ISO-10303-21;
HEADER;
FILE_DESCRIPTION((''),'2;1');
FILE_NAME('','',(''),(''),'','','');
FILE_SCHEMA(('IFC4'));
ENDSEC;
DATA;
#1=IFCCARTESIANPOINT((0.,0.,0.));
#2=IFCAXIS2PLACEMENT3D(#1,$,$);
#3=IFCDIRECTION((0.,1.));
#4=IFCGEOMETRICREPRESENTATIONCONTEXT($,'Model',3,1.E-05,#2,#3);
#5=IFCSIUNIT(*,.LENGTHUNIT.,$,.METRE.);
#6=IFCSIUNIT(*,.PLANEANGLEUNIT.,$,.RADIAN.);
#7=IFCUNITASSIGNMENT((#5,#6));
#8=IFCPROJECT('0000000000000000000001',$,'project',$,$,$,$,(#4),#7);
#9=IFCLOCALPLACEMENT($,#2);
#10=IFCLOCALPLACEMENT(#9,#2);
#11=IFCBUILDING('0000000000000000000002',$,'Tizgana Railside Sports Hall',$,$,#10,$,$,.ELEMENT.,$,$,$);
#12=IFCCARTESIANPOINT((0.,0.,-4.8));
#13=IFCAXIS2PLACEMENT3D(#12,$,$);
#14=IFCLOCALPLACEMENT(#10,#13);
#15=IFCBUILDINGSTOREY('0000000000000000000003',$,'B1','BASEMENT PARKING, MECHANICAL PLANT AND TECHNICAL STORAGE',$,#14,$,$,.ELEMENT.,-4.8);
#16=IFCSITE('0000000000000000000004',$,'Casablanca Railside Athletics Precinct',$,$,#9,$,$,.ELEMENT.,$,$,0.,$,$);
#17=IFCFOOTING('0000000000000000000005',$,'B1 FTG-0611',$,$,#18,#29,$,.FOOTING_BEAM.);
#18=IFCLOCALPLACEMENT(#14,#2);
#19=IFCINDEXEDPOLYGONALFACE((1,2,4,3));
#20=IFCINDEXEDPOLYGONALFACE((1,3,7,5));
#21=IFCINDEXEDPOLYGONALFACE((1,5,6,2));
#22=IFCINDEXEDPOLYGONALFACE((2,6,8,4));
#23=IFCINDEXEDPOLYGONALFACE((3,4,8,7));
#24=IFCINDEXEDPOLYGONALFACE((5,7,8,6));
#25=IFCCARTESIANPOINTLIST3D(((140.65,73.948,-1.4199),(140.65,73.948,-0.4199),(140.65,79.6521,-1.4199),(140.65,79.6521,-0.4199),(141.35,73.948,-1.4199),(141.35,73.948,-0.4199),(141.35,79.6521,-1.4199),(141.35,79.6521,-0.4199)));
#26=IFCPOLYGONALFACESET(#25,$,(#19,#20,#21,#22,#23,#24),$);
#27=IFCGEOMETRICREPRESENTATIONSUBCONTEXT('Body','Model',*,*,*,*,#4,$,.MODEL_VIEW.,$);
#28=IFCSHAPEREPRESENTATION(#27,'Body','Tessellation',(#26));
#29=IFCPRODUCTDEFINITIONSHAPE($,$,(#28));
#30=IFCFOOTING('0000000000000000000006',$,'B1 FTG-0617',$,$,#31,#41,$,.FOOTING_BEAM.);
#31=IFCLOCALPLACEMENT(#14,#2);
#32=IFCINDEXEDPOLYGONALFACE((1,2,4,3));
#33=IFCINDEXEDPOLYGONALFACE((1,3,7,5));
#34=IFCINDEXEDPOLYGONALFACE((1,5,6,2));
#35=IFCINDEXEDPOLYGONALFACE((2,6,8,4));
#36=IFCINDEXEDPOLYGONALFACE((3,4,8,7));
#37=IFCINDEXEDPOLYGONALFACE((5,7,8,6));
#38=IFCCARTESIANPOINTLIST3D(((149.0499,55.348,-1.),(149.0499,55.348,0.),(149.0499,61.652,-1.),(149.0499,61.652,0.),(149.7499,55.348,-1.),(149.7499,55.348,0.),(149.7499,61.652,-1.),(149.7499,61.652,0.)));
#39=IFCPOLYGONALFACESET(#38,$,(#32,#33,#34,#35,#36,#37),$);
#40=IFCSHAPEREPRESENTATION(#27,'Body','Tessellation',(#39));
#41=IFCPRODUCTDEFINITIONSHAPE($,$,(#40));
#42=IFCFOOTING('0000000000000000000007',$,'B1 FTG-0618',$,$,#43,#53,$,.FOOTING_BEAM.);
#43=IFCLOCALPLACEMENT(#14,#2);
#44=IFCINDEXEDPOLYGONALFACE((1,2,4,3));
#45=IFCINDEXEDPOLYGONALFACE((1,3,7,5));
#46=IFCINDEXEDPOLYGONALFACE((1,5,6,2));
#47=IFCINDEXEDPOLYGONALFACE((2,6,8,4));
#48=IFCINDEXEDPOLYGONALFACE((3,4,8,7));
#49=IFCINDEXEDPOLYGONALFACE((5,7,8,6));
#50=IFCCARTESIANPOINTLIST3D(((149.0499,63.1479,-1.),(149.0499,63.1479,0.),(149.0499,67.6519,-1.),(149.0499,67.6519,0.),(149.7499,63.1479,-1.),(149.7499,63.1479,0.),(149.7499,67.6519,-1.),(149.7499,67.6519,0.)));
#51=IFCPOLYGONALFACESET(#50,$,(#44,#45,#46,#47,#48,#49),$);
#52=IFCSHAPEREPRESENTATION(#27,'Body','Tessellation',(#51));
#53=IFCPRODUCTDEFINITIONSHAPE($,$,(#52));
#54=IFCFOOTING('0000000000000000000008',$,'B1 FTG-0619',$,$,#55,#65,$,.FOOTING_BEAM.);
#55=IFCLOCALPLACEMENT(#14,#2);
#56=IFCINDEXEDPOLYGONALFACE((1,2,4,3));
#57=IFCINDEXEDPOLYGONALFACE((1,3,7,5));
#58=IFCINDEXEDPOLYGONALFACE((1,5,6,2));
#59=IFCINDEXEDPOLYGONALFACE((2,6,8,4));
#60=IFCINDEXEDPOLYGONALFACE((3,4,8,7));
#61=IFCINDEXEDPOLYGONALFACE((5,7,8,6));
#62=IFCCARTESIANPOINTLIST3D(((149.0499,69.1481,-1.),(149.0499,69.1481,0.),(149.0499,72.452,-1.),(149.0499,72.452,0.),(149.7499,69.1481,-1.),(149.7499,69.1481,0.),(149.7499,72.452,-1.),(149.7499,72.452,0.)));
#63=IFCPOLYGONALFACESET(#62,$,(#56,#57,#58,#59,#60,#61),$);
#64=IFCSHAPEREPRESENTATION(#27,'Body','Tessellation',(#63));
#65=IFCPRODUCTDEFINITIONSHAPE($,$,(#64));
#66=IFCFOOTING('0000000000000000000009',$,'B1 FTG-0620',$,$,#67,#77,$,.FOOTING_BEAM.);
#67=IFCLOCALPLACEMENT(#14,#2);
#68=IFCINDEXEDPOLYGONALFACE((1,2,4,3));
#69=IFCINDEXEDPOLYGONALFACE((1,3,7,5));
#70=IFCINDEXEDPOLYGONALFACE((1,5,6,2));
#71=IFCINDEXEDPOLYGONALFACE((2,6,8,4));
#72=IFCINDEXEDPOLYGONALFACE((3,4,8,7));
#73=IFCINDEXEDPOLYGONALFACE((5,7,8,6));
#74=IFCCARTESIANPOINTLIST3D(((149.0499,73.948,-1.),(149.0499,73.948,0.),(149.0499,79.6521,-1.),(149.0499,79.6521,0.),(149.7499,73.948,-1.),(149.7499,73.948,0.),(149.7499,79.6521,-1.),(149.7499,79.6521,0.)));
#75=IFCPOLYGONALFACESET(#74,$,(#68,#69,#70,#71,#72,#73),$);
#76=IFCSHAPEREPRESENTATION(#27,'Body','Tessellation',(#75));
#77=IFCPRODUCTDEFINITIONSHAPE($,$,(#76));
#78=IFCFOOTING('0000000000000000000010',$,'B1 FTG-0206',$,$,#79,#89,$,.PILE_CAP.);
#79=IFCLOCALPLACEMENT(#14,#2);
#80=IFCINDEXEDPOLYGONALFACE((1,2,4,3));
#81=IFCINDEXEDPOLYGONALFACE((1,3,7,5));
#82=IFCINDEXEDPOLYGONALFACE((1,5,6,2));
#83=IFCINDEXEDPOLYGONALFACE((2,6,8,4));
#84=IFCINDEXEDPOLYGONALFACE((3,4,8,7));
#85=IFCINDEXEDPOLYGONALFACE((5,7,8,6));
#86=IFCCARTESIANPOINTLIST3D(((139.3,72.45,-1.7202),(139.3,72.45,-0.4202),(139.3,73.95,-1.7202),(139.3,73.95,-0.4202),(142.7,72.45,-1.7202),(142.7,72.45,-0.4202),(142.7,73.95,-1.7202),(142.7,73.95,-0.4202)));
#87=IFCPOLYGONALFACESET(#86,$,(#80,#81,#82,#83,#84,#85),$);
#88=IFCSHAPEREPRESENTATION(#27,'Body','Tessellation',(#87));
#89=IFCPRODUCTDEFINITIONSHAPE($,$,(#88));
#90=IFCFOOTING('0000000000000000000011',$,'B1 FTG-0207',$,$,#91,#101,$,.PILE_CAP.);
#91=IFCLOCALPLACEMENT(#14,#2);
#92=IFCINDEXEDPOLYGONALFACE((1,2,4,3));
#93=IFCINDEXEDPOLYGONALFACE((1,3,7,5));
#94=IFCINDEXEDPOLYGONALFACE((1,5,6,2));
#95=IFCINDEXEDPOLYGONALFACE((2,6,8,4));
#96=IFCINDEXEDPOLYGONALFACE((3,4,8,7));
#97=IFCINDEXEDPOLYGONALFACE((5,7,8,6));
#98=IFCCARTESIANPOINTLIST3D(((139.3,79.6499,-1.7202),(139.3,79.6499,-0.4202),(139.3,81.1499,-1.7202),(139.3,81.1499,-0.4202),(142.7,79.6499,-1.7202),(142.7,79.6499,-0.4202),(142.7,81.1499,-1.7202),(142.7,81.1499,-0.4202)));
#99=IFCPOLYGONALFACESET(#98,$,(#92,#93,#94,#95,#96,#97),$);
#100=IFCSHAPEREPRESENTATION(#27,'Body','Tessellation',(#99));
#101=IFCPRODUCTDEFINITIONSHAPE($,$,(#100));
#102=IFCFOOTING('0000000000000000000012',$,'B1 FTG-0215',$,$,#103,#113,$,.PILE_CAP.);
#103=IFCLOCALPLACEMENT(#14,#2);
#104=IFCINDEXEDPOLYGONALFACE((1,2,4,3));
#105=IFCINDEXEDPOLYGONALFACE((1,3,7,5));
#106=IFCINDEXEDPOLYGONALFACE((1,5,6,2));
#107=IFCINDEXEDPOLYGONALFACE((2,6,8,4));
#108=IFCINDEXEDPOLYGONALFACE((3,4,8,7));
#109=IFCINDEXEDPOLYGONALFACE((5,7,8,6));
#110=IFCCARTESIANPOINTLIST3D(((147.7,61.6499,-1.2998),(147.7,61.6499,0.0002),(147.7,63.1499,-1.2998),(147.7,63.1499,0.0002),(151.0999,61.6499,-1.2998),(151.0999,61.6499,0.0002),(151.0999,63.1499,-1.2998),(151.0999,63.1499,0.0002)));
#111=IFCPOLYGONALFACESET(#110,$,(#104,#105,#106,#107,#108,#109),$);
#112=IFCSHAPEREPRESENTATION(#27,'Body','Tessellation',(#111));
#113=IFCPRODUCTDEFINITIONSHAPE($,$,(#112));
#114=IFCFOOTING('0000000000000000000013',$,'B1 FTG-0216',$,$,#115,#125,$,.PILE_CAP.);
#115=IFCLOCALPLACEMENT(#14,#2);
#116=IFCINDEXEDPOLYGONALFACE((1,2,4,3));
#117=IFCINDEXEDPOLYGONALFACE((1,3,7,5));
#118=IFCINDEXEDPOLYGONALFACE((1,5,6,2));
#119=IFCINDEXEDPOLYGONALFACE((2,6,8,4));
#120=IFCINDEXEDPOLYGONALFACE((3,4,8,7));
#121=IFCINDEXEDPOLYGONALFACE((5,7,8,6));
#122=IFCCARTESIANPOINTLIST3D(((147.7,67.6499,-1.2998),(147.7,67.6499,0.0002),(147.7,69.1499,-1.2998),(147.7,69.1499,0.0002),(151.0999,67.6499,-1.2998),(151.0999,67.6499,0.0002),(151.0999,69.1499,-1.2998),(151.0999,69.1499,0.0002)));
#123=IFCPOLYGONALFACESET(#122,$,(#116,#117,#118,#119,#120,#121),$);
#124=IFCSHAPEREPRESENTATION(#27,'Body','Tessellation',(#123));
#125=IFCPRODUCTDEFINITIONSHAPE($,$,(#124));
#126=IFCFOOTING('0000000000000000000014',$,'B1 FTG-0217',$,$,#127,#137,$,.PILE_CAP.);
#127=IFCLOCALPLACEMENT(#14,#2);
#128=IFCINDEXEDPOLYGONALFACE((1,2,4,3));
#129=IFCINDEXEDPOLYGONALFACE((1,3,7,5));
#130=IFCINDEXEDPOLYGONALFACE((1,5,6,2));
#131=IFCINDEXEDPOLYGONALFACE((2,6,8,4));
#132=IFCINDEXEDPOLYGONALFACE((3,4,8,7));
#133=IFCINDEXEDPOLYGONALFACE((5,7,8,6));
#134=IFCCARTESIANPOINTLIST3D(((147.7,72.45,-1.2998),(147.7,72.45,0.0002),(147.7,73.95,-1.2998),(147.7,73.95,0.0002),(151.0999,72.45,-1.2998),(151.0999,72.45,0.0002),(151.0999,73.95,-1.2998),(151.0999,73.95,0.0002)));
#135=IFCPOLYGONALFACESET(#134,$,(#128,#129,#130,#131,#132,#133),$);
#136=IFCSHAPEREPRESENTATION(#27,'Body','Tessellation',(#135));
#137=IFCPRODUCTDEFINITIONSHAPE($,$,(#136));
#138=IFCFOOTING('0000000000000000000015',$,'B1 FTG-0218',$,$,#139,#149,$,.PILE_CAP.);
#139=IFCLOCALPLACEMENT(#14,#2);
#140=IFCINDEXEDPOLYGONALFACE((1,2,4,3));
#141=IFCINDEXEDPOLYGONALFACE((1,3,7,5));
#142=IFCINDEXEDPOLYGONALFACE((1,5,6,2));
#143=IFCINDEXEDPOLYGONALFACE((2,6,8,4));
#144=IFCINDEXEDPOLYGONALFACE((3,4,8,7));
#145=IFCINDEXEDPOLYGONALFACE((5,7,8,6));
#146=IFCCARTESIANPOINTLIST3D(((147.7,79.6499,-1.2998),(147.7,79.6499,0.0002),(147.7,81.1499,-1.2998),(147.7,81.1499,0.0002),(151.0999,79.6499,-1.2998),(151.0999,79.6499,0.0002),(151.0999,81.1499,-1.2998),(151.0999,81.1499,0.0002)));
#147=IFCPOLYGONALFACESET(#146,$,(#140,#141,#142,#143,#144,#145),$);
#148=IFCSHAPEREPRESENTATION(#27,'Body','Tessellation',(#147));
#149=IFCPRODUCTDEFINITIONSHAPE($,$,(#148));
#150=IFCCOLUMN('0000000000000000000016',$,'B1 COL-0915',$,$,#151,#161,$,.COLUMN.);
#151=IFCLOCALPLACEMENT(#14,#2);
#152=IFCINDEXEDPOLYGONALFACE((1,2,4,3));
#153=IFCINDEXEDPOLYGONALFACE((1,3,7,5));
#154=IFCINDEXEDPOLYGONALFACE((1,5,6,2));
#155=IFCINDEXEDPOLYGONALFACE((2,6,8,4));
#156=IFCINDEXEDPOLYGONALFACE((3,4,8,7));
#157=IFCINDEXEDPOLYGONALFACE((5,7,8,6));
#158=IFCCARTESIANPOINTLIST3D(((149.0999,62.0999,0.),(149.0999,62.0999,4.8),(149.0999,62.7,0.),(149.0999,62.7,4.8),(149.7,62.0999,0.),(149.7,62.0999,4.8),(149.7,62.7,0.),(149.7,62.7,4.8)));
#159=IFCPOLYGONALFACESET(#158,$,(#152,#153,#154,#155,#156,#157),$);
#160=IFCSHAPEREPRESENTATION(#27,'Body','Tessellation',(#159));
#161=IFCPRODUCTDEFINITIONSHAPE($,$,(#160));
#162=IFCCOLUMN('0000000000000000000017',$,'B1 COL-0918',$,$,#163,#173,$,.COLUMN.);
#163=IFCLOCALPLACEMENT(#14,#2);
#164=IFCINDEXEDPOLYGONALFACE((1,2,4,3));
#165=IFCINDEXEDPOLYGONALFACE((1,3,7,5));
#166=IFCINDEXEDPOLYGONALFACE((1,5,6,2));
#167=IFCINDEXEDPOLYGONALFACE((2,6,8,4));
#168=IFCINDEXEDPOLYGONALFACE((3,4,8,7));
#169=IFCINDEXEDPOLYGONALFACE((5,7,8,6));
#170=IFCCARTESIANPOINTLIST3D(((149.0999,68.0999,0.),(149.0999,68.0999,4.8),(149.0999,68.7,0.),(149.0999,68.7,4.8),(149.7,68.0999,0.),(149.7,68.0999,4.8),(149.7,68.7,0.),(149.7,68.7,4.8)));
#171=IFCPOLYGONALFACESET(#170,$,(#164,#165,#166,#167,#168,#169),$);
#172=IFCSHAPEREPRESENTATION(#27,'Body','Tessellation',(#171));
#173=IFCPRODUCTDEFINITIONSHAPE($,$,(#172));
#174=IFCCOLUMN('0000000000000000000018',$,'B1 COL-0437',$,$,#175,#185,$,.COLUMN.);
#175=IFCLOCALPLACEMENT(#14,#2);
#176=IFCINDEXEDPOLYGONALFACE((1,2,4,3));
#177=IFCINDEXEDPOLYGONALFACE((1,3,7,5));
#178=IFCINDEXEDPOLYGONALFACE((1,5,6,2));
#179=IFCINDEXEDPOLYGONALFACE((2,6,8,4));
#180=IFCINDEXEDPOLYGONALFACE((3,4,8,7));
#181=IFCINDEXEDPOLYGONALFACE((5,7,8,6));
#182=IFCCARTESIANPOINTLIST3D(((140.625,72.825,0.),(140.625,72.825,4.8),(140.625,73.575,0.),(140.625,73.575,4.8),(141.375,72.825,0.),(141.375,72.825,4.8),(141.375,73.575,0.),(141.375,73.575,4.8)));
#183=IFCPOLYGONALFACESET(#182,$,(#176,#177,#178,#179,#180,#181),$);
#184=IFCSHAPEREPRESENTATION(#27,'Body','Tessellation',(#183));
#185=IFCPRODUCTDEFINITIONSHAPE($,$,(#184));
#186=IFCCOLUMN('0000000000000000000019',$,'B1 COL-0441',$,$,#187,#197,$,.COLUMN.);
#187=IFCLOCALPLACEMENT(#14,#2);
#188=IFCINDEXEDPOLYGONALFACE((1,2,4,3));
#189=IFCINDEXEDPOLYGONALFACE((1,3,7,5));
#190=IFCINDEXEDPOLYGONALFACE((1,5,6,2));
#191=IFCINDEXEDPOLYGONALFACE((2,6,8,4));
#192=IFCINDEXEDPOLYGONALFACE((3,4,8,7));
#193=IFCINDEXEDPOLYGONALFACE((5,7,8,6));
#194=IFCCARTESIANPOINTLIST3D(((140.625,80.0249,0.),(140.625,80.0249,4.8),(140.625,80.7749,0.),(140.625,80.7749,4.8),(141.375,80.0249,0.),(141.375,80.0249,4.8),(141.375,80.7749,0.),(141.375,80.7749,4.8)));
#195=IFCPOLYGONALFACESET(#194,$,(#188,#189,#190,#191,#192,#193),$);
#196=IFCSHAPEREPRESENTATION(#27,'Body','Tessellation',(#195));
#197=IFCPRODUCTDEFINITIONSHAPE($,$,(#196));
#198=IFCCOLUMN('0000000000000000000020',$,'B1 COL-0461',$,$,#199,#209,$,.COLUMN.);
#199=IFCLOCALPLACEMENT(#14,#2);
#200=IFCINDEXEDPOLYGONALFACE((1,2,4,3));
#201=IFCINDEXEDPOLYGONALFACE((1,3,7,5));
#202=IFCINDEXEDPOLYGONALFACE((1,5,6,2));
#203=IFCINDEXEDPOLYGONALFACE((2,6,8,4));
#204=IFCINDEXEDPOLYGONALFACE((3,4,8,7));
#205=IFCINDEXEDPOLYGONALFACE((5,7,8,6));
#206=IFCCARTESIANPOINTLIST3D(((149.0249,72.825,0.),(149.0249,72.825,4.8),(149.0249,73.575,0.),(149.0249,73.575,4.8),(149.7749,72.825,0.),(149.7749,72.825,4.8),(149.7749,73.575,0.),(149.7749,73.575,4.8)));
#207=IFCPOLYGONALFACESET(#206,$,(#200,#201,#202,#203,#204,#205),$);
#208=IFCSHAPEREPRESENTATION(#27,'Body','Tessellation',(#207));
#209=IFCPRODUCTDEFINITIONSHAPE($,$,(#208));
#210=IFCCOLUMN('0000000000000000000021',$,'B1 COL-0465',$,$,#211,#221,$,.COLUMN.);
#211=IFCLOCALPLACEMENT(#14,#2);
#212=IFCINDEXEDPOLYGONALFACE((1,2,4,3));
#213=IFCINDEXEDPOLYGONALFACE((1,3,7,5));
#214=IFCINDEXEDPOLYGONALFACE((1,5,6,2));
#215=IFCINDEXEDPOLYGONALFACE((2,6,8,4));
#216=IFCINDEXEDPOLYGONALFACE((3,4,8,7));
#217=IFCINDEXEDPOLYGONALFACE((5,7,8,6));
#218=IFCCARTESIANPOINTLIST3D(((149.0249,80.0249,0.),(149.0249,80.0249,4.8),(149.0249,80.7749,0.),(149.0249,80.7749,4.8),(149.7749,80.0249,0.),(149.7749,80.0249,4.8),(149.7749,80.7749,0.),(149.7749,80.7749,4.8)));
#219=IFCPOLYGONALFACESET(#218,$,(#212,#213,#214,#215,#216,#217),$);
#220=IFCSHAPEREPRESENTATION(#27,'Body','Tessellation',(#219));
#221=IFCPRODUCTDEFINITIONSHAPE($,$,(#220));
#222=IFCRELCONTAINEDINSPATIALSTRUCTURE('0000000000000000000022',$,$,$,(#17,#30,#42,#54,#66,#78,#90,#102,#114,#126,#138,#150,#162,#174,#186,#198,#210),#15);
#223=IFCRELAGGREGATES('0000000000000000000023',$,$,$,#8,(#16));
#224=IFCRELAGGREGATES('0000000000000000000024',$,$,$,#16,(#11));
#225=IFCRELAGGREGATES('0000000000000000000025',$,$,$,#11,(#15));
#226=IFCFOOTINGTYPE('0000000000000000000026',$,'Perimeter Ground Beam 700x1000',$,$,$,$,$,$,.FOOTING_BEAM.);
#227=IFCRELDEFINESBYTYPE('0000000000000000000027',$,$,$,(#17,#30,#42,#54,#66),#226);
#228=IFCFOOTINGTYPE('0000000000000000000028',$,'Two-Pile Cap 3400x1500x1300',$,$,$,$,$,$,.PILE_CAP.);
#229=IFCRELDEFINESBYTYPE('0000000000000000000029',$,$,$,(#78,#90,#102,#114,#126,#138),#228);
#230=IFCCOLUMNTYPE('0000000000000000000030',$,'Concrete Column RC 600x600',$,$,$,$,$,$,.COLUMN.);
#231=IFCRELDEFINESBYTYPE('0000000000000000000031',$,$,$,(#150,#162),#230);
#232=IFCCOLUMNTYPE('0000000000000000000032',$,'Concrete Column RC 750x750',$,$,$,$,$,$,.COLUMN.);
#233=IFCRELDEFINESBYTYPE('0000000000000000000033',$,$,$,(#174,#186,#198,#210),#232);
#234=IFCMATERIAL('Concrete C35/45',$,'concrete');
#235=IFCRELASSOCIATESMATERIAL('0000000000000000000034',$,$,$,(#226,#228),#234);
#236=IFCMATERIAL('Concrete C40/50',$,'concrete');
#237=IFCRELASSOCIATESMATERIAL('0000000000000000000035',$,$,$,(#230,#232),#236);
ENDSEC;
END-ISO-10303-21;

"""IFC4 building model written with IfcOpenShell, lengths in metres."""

from ifc_helpers import new_model, si_unit, direction, frame, origin, origin_2d, place, context, subcontext, project, spatial, rectangle, extrude, material, material_profile, profile_set, type_object, element, save


model = new_model("IFC4")

# Units and contexts
model_context = context("Model", 3, precision=1e-05, world=origin(), true_north=direction((0.0, 1.0)))
body_context = subcontext(model_context, "Body", "Model", "MODEL_VIEW")
ifc_project = project(units=[si_unit("LENGTHUNIT", "METRE"), si_unit("PLANEANGLEUNIT", "RADIAN")], contexts=[model_context])

# Site, building, storey
site_placement = place(None, origin())
site = spatial("IfcSite", under=ifc_project, at=site_placement, Name="Casablanca Railside Athletics Precinct", CompositionType="ELEMENT", RefElevation=0.0)
building_placement = place(site_placement, origin())
building = spatial("IfcBuilding", under=site, at=building_placement, Name="Tizgana Railside Sports Hall", CompositionType="ELEMENT")
storey_placement = place(building_placement, frame((0.0, 0.0, -4.8)))
storey = spatial("IfcBuildingStorey", under=building, at=storey_placement, Name="B1", Description="BASEMENT PARKING, MECHANICAL PLANT AND TECHNICAL STORAGE", CompositionType="ELEMENT", Elevation=-4.8)

# Shared definitions
ifc_material_1 = material(Name="Concrete C35/45", Category="concrete")

# Footings
footing_type_1 = type_object("IfcFootingType", Name="Perimeter Ground Beam 700x1000", PredefinedType="FOOTING_BEAM", material=ifc_material_1)
footing_1_placement = place(storey_placement, frame((141.0, 76.8, -1.4199), z_axis=(0.0, 0.0, 1.0), x_axis=(0.0, 1.0, 0.0)))
element("IfcFooting", 1, at=footing_1_placement, inside=storey, type_object=footing_type_1, Name="B1 FTG-0611", PredefinedType="FOOTING_BEAM", context=body_context, shape_type="SweptSolid", body=[
    extrude(rectangle(XDim=5.7041, YDim=0.7, at=origin_2d()), origin(), (0.0, 0.0, 1.0), 1.0),
])
footing_2_placement = place(storey_placement, frame((149.3999, 58.5, -1.0), z_axis=(0.0, 0.0, 1.0), x_axis=(0.0, 1.0, 0.0)))
element("IfcFooting", 2, at=footing_2_placement, inside=storey, type_object=footing_type_1, Name="B1 FTG-0617", PredefinedType="FOOTING_BEAM", context=body_context, shape_type="SweptSolid", body=[
    extrude(rectangle(XDim=6.304, YDim=0.7, at=origin_2d()), origin(), (0.0, 0.0, 1.0), 1.0),
])
footing_3_placement = place(storey_placement, frame((149.3999, 65.3999, -1.0), z_axis=(0.0, 0.0, 1.0), x_axis=(0.0, 1.0, 0.0)))
element("IfcFooting", 3, at=footing_3_placement, inside=storey, type_object=footing_type_1, Name="B1 FTG-0618", PredefinedType="FOOTING_BEAM", context=body_context, shape_type="SweptSolid", body=[
    extrude(rectangle(XDim=4.5039, YDim=0.7, at=origin_2d()), origin(), (0.0, 0.0, 1.0), 1.0),
])
footing_4_placement = place(storey_placement, frame((149.3999, 70.8, -1.0), z_axis=(0.0, 0.0, 1.0), x_axis=(0.0, 1.0, 0.0)))
element("IfcFooting", 4, at=footing_4_placement, inside=storey, type_object=footing_type_1, Name="B1 FTG-0619", PredefinedType="FOOTING_BEAM", context=body_context, shape_type="SweptSolid", body=[
    extrude(rectangle(XDim=3.304, YDim=0.7, at=origin_2d()), origin(), (0.0, 0.0, 1.0), 1.0),
])
footing_5_placement = place(storey_placement, frame((149.3999, 76.8, -1.0), z_axis=(0.0, 0.0, 1.0), x_axis=(0.0, 1.0, 0.0)))
element("IfcFooting", 5, at=footing_5_placement, inside=storey, type_object=footing_type_1, Name="B1 FTG-0620", PredefinedType="FOOTING_BEAM", context=body_context, shape_type="SweptSolid", body=[
    extrude(rectangle(XDim=5.7041, YDim=0.7, at=origin_2d()), origin(), (0.0, 0.0, 1.0), 1.0),
])
footing_type_2 = type_object("IfcFootingType", Name="Two-Pile Cap 3400x1500x1300", PredefinedType="PILE_CAP", material=ifc_material_1)
for number, where, z_axis, x_axis, name in (
    (6, (141.0, 73.2, -1.7202), (0.0, 0.0, 1.0), (1.0, 0.0, 0.0), "B1 FTG-0206"),
    (7, (141.0, 80.3999, -1.7202), (0.0, 0.0, 1.0), (1.0, 0.0, 0.0), "B1 FTG-0207"),
    (8, (149.3999, 62.3999, -1.2998), (0.0, 0.0, 1.0), (1.0, 0.0, 0.0), "B1 FTG-0215"),
    (9, (149.3999, 68.3999, -1.2998), (0.0, 0.0, 1.0), (1.0, 0.0, 0.0), "B1 FTG-0216"),
    (10, (149.3999, 73.2, -1.2998), (0.0, 0.0, 1.0), (1.0, 0.0, 0.0), "B1 FTG-0217"),
    (11, (149.3999, 80.3999, -1.2998), (0.0, 0.0, 1.0), (1.0, 0.0, 0.0), "B1 FTG-0218"),
):
    element("IfcFooting", number, at=place(storey_placement, frame(where, z_axis=z_axis, x_axis=x_axis)), inside=storey, type_object=footing_type_2, Name=name, PredefinedType="PILE_CAP", context=body_context, shape_type="SweptSolid", body=[
        extrude(rectangle(XDim=3.3999, YDim=1.5, at=origin_2d()), origin(), (0.0, 0.0, 1.0), 1.3),
    ])

# Columns
ifc_material_2 = material(Name="Concrete C40/50", Category="concrete")
ifc_material_profile_1 = material_profile(ifc_material_2, rectangle(XDim=0.6001, YDim=0.6001, at=origin_2d()), Name="RC 600x600")
ifc_profile_set_1 = profile_set([ifc_material_profile_1], Name="Concrete C40/50")
column_type_1 = type_object("IfcColumnType", Name="Concrete Column RC 600x600", PredefinedType="COLUMN", material=ifc_profile_set_1)
for number, where, z_axis, x_axis, name in (
    (12, (149.3999, 62.3999, 0.0), (0.0, 0.0, 1.0), (1.0, 0.0, 0.0), "B1 COL-0915"),
    (13, (149.3999, 68.3999, 0.0), (0.0, 0.0, 1.0), (1.0, 0.0, 0.0), "B1 COL-0918"),
):
    element("IfcColumn", number, at=place(storey_placement, frame(where, z_axis=z_axis, x_axis=x_axis)), inside=storey, type_object=column_type_1, Name=name, PredefinedType="COLUMN", context=body_context, shape_type="SweptSolid", body=[
        extrude(rectangle(XDim=0.6001, YDim=0.6001, at=origin_2d()), origin(), (0.0, 0.0, 1.0), 4.8),
    ])
ifc_material_profile_2 = material_profile(ifc_material_2, rectangle(XDim=0.75, YDim=0.75, at=origin_2d()), Name="RC 750x750")
ifc_profile_set_2 = profile_set([ifc_material_profile_2], Name="Concrete C40/50")
column_type_2 = type_object("IfcColumnType", Name="Concrete Column RC 750x750", PredefinedType="COLUMN", material=ifc_profile_set_2)
for number, where, z_axis, x_axis, name in (
    (14, (141.0, 73.2, 0.0), (0.0, 0.0, 1.0), (1.0, 0.0, 0.0), "B1 COL-0437"),
    (15, (141.0, 80.3999, 0.0), (0.0, 0.0, 1.0), (1.0, 0.0, 0.0), "B1 COL-0441"),
    (16, (149.3999, 73.2, 0.0), (0.0, 0.0, 1.0), (1.0, 0.0, 0.0), "B1 COL-0461"),
    (17, (149.3999, 80.3999, 0.0), (0.0, 0.0, 1.0), (1.0, 0.0, 0.0), "B1 COL-0465"),
):
    element("IfcColumn", number, at=place(storey_placement, frame(where, z_axis=z_axis, x_axis=x_axis)), inside=storey, type_object=column_type_2, Name=name, PredefinedType="COLUMN", context=body_context, shape_type="SweptSolid", body=[
        extrude(rectangle(XDim=0.75, YDim=0.75, at=origin_2d()), origin(), (0.0, 0.0, 1.0), 4.8),
    ])

save(model, "model.ifc")
